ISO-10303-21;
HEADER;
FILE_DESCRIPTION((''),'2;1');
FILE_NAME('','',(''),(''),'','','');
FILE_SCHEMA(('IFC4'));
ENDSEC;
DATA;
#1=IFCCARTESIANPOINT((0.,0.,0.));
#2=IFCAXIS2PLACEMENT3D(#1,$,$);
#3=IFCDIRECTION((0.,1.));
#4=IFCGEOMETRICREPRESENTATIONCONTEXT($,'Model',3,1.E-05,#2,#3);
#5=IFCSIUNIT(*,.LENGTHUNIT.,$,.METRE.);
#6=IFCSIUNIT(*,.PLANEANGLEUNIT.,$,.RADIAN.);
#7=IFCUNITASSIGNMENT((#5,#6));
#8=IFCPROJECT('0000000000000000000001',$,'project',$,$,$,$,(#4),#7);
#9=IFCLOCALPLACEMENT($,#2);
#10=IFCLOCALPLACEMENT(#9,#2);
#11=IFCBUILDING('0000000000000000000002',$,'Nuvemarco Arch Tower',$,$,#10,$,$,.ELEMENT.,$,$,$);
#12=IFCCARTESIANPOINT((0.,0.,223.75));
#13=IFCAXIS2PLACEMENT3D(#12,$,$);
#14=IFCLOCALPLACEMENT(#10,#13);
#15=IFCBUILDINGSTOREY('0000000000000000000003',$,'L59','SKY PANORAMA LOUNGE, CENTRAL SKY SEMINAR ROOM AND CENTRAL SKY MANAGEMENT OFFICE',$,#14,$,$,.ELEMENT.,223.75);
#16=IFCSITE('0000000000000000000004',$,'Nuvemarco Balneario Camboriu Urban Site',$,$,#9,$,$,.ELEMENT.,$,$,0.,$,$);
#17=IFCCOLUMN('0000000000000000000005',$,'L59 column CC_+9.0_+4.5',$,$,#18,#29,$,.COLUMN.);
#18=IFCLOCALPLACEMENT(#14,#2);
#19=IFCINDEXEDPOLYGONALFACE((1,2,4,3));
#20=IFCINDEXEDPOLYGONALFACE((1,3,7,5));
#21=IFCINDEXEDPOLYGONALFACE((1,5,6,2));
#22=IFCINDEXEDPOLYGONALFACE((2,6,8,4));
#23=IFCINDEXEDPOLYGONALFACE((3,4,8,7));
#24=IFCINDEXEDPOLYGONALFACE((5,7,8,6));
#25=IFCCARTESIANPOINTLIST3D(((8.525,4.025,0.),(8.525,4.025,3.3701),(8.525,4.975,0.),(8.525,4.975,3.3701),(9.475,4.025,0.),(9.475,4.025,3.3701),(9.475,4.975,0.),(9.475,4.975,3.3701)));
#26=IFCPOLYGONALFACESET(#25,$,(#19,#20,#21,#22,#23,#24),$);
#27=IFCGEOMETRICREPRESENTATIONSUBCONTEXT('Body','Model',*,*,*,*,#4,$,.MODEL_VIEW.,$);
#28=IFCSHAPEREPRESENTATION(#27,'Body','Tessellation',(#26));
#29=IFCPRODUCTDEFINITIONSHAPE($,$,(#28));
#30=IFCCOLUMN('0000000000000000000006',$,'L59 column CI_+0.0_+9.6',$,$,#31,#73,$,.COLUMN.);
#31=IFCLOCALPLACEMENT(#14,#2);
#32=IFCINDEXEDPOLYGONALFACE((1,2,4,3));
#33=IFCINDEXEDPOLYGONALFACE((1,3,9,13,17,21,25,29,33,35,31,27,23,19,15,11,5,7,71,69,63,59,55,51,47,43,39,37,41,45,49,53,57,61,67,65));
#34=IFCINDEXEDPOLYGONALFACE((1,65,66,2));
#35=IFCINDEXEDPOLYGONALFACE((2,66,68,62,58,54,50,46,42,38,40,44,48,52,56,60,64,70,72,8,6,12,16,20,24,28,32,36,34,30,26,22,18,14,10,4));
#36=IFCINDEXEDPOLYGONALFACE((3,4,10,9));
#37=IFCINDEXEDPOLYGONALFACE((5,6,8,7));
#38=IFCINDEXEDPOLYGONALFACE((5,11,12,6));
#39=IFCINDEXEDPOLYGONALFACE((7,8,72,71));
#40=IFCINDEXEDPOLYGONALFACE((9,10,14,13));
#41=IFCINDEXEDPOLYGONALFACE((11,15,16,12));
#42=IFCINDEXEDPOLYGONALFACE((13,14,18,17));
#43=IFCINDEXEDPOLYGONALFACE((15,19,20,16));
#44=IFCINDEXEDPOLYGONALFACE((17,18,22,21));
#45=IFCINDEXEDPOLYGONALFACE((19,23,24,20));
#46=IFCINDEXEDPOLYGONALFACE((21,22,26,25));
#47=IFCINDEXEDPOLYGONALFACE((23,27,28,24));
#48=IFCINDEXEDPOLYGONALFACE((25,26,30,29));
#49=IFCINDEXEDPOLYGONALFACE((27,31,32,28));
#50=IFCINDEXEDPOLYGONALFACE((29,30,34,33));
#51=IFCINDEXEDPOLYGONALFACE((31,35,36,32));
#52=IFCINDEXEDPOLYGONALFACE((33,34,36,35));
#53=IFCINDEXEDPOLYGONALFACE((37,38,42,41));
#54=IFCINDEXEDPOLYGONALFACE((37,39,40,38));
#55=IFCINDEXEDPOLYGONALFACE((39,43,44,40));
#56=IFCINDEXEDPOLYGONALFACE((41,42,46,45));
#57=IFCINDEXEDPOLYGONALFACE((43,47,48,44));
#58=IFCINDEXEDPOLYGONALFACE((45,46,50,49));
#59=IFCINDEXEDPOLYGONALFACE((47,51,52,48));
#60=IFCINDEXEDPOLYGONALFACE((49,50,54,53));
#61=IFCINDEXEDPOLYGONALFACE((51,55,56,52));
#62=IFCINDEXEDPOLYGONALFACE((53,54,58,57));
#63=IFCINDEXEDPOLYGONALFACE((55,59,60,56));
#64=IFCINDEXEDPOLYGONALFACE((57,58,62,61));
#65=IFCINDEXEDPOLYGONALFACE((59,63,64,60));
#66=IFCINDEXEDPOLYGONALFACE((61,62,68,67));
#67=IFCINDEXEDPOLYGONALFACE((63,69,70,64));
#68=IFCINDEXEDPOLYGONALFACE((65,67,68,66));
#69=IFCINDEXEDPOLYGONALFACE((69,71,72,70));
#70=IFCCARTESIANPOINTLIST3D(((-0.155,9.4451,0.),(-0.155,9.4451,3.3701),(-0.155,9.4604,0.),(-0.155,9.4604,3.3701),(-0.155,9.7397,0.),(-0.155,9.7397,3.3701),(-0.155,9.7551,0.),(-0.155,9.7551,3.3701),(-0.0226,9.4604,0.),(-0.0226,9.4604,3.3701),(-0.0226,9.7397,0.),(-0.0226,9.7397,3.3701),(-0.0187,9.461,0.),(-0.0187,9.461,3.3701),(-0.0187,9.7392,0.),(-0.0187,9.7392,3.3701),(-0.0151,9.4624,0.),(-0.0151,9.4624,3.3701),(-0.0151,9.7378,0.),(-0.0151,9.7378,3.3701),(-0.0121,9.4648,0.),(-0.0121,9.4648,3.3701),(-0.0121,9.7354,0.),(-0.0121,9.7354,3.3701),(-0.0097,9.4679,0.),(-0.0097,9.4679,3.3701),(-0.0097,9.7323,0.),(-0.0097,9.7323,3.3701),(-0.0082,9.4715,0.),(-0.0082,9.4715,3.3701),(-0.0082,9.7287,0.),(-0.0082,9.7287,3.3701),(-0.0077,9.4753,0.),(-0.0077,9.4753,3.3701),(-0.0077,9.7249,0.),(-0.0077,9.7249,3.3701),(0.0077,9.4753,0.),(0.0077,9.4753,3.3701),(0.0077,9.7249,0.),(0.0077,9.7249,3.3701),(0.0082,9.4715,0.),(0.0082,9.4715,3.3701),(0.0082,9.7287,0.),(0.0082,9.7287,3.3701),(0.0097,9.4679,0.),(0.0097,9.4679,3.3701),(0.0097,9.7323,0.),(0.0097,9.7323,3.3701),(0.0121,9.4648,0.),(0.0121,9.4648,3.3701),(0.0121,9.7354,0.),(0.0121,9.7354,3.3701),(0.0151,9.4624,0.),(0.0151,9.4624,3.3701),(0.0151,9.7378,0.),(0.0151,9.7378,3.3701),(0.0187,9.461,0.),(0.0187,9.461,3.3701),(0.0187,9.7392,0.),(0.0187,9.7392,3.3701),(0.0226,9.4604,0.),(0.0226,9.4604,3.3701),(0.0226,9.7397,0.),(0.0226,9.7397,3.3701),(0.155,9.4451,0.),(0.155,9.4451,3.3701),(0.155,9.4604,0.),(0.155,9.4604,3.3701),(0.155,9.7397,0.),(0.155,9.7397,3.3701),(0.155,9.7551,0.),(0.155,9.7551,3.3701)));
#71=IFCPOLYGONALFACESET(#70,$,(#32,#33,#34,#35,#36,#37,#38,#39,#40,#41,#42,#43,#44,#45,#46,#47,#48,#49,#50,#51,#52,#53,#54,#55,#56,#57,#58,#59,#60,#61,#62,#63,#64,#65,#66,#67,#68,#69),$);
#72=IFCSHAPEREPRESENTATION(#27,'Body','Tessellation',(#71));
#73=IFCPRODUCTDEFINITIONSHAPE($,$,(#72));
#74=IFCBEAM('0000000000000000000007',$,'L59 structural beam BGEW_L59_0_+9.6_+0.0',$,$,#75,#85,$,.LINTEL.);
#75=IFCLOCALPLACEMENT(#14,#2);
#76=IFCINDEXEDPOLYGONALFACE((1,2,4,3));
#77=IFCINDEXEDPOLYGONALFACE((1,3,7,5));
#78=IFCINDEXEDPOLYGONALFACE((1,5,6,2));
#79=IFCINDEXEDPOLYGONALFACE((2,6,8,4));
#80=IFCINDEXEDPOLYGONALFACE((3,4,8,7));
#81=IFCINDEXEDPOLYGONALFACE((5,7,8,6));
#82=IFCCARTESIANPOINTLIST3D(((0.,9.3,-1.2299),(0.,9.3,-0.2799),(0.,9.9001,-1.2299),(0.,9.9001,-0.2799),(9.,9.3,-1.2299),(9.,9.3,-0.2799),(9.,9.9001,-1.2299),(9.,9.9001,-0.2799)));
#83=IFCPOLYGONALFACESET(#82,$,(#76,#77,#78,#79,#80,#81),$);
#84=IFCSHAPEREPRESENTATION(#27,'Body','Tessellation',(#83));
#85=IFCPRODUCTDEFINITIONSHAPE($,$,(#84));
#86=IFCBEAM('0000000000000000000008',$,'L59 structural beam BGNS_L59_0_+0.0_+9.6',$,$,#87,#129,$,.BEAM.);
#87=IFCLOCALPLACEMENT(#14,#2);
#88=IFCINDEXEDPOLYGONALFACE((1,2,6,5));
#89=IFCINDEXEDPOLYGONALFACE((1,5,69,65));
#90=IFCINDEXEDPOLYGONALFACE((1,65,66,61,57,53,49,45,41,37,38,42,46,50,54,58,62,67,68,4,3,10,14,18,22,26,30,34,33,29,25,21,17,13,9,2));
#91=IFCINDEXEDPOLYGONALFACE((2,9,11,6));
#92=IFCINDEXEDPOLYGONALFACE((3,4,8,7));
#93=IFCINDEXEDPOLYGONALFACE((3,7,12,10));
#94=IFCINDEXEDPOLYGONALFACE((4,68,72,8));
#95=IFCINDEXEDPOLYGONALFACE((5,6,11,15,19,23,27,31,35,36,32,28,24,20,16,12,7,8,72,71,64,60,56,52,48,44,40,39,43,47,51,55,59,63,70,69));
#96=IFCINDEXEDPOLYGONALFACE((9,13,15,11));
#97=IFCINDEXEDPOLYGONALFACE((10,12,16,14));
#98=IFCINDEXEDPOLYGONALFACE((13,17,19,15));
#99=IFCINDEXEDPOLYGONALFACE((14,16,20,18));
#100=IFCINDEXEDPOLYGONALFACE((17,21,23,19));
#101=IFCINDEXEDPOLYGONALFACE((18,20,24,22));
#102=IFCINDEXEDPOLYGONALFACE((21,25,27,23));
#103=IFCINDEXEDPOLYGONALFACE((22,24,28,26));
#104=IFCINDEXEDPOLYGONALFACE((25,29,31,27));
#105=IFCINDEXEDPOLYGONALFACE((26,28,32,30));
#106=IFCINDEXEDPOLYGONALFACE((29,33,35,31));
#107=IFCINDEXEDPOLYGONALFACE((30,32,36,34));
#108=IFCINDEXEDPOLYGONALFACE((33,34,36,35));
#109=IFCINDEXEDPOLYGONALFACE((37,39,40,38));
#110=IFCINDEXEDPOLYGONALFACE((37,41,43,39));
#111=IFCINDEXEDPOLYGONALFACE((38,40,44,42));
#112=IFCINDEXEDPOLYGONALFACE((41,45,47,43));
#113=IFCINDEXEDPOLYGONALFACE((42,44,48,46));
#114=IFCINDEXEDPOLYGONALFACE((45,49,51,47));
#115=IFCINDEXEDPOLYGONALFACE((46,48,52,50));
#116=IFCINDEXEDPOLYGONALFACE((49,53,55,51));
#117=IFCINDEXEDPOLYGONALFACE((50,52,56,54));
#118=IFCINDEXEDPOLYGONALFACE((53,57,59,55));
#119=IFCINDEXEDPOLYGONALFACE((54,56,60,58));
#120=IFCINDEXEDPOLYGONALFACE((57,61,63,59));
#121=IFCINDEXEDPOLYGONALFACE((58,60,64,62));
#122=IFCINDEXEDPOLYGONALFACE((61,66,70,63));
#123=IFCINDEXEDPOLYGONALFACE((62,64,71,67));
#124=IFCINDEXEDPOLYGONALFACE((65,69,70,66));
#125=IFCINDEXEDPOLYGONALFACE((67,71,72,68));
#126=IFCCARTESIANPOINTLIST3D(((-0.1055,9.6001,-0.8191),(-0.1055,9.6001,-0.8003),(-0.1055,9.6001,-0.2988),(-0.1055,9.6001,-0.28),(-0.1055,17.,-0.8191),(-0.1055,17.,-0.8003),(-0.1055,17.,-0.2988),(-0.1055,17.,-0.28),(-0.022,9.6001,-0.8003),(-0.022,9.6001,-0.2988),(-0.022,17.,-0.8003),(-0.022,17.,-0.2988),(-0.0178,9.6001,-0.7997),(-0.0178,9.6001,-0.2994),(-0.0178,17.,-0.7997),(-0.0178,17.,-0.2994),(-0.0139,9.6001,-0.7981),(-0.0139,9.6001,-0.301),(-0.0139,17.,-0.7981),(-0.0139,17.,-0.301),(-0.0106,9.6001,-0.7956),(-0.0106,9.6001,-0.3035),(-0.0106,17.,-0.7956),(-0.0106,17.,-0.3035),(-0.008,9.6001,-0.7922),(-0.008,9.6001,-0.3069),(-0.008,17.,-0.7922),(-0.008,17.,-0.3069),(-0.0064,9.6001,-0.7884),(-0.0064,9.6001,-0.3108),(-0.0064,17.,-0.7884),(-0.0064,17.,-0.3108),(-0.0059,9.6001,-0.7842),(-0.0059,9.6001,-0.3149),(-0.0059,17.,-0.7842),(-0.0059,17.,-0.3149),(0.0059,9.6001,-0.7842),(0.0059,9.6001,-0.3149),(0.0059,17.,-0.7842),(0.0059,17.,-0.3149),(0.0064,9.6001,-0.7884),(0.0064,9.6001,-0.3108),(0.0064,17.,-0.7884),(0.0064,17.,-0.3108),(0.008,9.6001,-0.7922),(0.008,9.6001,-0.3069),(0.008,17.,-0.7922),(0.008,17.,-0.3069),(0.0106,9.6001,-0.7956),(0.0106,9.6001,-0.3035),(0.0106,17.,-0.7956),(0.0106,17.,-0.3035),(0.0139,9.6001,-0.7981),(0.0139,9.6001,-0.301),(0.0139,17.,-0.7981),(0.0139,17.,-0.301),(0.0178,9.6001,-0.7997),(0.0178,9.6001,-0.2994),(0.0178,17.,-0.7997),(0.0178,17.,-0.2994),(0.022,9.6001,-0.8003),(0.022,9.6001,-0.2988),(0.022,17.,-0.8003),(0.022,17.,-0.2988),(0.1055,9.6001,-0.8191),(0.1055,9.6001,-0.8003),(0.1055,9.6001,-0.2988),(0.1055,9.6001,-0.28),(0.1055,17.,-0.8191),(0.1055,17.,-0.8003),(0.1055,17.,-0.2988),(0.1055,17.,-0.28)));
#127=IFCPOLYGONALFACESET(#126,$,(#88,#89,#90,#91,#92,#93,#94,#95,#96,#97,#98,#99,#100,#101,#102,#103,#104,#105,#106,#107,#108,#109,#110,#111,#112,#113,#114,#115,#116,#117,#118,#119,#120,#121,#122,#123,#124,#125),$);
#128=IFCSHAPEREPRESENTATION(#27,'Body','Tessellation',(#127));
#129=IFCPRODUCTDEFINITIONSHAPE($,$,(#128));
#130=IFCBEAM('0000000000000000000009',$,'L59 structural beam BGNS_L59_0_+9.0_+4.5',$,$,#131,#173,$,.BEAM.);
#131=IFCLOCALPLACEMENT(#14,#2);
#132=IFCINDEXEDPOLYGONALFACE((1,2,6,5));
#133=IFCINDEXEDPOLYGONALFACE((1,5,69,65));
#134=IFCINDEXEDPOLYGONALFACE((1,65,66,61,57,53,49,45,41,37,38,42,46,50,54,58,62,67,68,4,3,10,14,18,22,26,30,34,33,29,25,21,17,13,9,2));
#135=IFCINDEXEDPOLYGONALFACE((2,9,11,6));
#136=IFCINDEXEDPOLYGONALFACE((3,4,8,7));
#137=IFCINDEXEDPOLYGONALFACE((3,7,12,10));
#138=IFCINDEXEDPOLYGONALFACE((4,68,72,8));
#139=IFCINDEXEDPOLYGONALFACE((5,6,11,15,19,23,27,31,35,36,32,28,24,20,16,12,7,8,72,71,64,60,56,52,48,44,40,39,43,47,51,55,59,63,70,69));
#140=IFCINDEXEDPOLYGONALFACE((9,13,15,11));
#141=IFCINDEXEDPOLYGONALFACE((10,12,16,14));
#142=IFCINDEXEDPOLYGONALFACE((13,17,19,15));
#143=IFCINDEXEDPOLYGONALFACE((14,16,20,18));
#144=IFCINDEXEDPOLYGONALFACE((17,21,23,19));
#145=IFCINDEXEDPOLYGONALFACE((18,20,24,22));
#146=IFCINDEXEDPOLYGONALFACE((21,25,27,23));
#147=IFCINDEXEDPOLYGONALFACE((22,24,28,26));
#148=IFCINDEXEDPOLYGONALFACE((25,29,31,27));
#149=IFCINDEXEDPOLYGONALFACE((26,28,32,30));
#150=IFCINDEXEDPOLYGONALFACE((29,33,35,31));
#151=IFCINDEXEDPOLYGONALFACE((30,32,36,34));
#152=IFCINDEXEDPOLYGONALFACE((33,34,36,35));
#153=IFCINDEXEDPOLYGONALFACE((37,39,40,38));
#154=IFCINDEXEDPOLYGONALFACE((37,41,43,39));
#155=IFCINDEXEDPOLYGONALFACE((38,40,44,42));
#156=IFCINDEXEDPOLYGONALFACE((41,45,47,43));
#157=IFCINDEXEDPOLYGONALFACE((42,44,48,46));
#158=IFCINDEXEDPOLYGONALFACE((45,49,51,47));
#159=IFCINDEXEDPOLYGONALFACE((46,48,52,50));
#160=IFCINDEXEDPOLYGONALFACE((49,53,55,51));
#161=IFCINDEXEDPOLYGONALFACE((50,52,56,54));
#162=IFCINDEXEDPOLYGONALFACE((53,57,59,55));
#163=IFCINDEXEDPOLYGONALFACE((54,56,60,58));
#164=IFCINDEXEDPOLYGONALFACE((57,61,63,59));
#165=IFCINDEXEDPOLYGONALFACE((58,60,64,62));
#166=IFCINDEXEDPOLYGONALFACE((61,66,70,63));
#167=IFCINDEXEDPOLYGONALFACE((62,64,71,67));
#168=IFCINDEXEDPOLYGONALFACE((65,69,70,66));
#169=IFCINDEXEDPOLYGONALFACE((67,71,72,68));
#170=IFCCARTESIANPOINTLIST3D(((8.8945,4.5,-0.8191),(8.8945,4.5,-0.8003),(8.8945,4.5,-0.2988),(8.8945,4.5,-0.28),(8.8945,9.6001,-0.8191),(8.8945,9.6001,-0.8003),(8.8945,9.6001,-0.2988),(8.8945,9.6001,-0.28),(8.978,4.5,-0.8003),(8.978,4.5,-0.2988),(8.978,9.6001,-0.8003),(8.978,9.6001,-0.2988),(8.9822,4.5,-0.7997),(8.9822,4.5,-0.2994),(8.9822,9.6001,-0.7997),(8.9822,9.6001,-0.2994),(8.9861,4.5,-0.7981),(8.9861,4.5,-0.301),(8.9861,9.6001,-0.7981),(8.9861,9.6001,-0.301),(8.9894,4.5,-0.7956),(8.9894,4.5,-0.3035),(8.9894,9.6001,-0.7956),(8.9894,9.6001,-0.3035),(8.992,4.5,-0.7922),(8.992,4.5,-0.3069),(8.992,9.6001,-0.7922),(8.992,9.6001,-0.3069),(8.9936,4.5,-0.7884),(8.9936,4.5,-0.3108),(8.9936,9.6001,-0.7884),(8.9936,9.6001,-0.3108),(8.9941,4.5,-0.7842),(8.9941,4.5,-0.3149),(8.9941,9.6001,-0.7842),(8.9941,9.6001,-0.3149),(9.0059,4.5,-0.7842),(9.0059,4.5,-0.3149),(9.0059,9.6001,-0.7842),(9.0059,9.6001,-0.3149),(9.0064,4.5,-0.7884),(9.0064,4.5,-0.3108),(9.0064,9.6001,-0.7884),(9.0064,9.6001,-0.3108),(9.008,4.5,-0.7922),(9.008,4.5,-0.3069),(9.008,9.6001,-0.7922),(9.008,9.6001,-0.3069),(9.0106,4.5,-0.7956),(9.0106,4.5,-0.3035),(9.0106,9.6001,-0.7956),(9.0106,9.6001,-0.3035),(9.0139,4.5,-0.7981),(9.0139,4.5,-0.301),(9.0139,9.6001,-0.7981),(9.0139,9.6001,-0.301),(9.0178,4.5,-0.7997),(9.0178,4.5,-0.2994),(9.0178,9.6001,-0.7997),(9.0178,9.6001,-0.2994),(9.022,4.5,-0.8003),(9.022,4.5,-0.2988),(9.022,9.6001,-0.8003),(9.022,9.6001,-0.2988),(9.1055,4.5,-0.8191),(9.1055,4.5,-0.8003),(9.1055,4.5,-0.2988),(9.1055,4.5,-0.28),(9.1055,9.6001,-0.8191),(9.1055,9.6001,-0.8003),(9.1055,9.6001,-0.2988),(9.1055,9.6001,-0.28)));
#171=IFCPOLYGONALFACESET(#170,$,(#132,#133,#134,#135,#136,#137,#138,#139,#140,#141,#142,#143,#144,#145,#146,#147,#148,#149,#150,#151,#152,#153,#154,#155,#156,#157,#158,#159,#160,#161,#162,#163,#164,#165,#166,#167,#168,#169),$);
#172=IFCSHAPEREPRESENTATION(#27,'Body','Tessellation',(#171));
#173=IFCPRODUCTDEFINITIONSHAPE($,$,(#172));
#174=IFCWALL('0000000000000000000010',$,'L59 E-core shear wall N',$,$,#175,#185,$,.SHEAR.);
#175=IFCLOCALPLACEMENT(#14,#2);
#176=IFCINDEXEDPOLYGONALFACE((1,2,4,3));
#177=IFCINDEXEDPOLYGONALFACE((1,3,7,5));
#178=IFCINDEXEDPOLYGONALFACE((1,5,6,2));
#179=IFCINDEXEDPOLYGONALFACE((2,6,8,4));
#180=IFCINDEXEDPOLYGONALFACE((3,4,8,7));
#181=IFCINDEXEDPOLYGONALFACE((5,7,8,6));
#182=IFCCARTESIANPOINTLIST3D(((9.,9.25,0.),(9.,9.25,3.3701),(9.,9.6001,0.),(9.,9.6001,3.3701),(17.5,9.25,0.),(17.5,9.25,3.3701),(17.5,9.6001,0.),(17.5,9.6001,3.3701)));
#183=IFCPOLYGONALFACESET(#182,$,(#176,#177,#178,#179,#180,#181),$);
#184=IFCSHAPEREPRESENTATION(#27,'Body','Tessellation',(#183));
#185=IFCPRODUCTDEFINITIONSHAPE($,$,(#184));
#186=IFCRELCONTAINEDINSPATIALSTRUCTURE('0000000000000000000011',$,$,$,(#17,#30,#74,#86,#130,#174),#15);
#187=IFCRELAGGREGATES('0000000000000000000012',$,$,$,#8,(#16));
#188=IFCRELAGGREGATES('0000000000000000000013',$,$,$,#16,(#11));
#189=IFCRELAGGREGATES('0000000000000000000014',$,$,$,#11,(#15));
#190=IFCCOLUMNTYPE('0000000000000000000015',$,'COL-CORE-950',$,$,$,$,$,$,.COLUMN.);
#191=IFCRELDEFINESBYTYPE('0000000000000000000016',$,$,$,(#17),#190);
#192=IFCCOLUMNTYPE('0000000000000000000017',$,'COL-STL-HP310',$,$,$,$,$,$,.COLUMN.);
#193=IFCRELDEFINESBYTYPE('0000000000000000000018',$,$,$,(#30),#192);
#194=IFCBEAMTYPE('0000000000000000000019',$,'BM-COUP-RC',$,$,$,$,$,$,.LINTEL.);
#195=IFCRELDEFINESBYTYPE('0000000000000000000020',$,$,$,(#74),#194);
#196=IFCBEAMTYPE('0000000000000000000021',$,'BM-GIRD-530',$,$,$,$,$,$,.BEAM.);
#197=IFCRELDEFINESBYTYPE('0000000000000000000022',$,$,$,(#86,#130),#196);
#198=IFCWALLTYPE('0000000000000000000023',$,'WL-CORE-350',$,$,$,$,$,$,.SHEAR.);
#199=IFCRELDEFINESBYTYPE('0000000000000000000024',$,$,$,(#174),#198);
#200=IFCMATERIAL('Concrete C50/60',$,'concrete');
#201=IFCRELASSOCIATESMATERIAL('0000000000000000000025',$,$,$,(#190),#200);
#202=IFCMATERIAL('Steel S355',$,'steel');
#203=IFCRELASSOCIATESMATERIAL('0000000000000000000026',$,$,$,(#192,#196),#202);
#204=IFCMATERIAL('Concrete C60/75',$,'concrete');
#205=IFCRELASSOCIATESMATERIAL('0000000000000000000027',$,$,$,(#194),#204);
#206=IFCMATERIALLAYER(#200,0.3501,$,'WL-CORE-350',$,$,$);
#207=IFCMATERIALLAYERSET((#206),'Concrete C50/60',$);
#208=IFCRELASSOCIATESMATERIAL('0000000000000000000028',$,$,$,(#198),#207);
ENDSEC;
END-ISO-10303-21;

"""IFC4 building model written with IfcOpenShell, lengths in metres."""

from ifc_helpers import new_model, si_unit, direction, frame, frame_2d, origin, origin_2d, place, context, subcontext, project, spatial, rectangle, i_section, extrude, material, layer, layer_set, material_profile, profile_set, type_object, element, save


model = new_model("IFC4")

# Units and contexts
model_context = context("Model", 3, precision=1e-05, world=origin(), true_north=direction((0.0, 1.0)))
body_context = subcontext(model_context, "Body", "Model", "MODEL_VIEW")
ifc_project = project(units=[si_unit("LENGTHUNIT", "METRE"), si_unit("PLANEANGLEUNIT", "RADIAN")], contexts=[model_context])

# Site, building, storey
site_placement = place(None, origin())
site = spatial("IfcSite", under=ifc_project, at=site_placement, Name="Nuvemarco Balneario Camboriu Urban Site", CompositionType="ELEMENT", RefElevation=0.0)
building_placement = place(site_placement, origin())
building = spatial("IfcBuilding", under=site, at=building_placement, Name="Nuvemarco Arch Tower", CompositionType="ELEMENT")
storey_placement = place(building_placement, frame((0.0, 0.0, 223.75)))
storey = spatial("IfcBuildingStorey", under=building, at=storey_placement, Name="L59", Description="SKY PANORAMA LOUNGE, CENTRAL SKY SEMINAR ROOM AND CENTRAL SKY MANAGEMENT OFFICE", CompositionType="ELEMENT", Elevation=223.75)

# Columns
ifc_material_1 = material(Name="Concrete C50/60", Category="concrete")
ifc_material_profile_1 = material_profile(ifc_material_1, rectangle(XDim=0.95, YDim=0.95, at=origin_2d()), Name="RC-COL-950x950")
ifc_profile_set_1 = profile_set([ifc_material_profile_1], Name="Concrete C50/60")
column_type_1 = type_object("IfcColumnType", Name="COL-CORE-950", PredefinedType="COLUMN", material=ifc_profile_set_1)
column_1_placement = place(storey_placement, frame((9.0, 4.5, 0.0), z_axis=(0.0, 0.0, 1.0), x_axis=(1.0, 0.0, 0.0)))
element("IfcColumn", 1, at=column_1_placement, inside=storey, type_object=column_type_1, Name="L59 column CC_+9.0_+4.5", PredefinedType="COLUMN", context=body_context, shape_type="SweptSolid", body=[
    extrude(rectangle(XDim=0.95, YDim=0.95, at=origin_2d()), origin(), (0.0, 0.0, 1.0), 3.3701),
])
ifc_material_2 = material(Name="Steel S355", Category="steel")
ifc_material_profile_2 = material_profile(ifc_material_2, i_section(OverallWidth=0.3101, OverallDepth=0.3101, WebThickness=0.0154, FlangeThickness=0.0154, FilletRadius=0.0149, at=origin_2d()), Name="HP310x110")
ifc_profile_set_2 = profile_set([ifc_material_profile_2], Name="Steel S355")
column_type_2 = type_object("IfcColumnType", Name="COL-STL-HP310", PredefinedType="COLUMN", material=ifc_profile_set_2)
column_2_placement = place(storey_placement, frame((0.0, 9.6001, 0.0), z_axis=(0.0, 0.0, 1.0), x_axis=(1.0, 0.0, 0.0)))
element("IfcColumn", 2, at=column_2_placement, inside=storey, type_object=column_type_2, Name="L59 column CI_+0.0_+9.6", PredefinedType="COLUMN", context=body_context, shape_type="SweptSolid", body=[
    extrude(i_section(OverallWidth=0.3101, OverallDepth=0.3101, WebThickness=0.0154, FlangeThickness=0.0154, FilletRadius=0.0149, at=origin_2d()), origin(), (0.0, 0.0, 1.0), 3.3701),
])

# Beams
ifc_material_3 = material(Name="Concrete C60/75", Category="concrete")
ifc_material_profile_3 = material_profile(ifc_material_3, rectangle(XDim=0.6001, YDim=0.95, at=origin_2d()), Name="RC-BM-600x950")
ifc_profile_set_3 = profile_set([ifc_material_profile_3], Name="Concrete C60/75")
beam_type_1 = type_object("IfcBeamType", Name="BM-COUP-RC", PredefinedType="LINTEL", material=ifc_profile_set_3)
beam_1_placement = place(storey_placement, frame((0.0, 9.6001, -0.7549), z_axis=(1.0, 0.0, 0.0), x_axis=(0.0, 1.0, 0.0)))
element("IfcBeam", 3, at=beam_1_placement, inside=storey, type_object=beam_type_1, Name="L59 structural beam BGEW_L59_0_+9.6_+0.0", PredefinedType="LINTEL", context=body_context, shape_type="SweptSolid", body=[
    extrude(rectangle(XDim=0.6001, YDim=0.95, at=origin_2d()), origin(), (0.0, 0.0, 1.0), 9.0),
])
ifc_material_profile_4 = material_profile(ifc_material_2, i_section(OverallWidth=0.2109, OverallDepth=0.5391, WebThickness=0.0117, FlangeThickness=0.0188, FilletRadius=0.0161, at=origin_2d()), Name="W530x109")
ifc_profile_set_4 = profile_set([ifc_material_profile_4], Name="Steel S355")
beam_type_2 = type_object("IfcBeamType", Name="BM-GIRD-530", PredefinedType="BEAM", material=ifc_profile_set_4)
beam_2_placement = place(storey_placement, frame((0.0, 9.6001, -0.5496), z_axis=(0.0, 1.0, 0.0), x_axis=(-1.0, 0.0, 0.0)))
element("IfcBeam", 4, at=beam_2_placement, inside=storey, type_object=beam_type_2, Name="L59 structural beam BGNS_L59_0_+0.0_+9.6", PredefinedType="BEAM", context=body_context, shape_type="SweptSolid", body=[
    extrude(i_section(OverallWidth=0.2109, OverallDepth=0.5391, WebThickness=0.0117, FlangeThickness=0.0188, FilletRadius=0.0161, at=origin_2d()), origin(), (0.0, 0.0, 1.0), 7.3999),
])
beam_3_placement = place(storey_placement, frame((9.0, 4.5, -0.5496), z_axis=(0.0, 1.0, 0.0), x_axis=(-1.0, 0.0, 0.0)))
element("IfcBeam", 5, at=beam_3_placement, inside=storey, type_object=beam_type_2, Name="L59 structural beam BGNS_L59_0_+9.0_+4.5", PredefinedType="BEAM", context=body_context, shape_type="SweptSolid", body=[
    extrude(i_section(OverallWidth=0.2109, OverallDepth=0.5391, WebThickness=0.0117, FlangeThickness=0.0188, FilletRadius=0.0161, at=origin_2d()), origin(), (0.0, 0.0, 1.0), 5.1001),
])

# Wall
ifc_layer_1 = layer(ifc_material_1, 0.3501, Name="WL-CORE-350")
ifc_layer_set_1 = layer_set([ifc_layer_1], Name="Concrete C50/60")
wall_type_1 = type_object("IfcWallType", Name="WL-CORE-350", PredefinedType="SHEAR", material=ifc_layer_set_1)
wall_1_placement = place(storey_placement, frame((9.0, 9.425, 0.0), z_axis=(0.0, 0.0, 1.0), x_axis=(1.0, 0.0, 0.0)))
element("IfcWall", 6, at=wall_1_placement, inside=storey, type_object=wall_type_1, Name="L59 E-core shear wall N", PredefinedType="SHEAR", context=body_context, shape_type="SweptSolid", body=[
    extrude(rectangle(XDim=8.5, YDim=0.3501, at=frame_2d((4.25, 0.0))), origin(), (0.0, 0.0, 1.0), 3.3701),
])

save(model, "model.ifc")
